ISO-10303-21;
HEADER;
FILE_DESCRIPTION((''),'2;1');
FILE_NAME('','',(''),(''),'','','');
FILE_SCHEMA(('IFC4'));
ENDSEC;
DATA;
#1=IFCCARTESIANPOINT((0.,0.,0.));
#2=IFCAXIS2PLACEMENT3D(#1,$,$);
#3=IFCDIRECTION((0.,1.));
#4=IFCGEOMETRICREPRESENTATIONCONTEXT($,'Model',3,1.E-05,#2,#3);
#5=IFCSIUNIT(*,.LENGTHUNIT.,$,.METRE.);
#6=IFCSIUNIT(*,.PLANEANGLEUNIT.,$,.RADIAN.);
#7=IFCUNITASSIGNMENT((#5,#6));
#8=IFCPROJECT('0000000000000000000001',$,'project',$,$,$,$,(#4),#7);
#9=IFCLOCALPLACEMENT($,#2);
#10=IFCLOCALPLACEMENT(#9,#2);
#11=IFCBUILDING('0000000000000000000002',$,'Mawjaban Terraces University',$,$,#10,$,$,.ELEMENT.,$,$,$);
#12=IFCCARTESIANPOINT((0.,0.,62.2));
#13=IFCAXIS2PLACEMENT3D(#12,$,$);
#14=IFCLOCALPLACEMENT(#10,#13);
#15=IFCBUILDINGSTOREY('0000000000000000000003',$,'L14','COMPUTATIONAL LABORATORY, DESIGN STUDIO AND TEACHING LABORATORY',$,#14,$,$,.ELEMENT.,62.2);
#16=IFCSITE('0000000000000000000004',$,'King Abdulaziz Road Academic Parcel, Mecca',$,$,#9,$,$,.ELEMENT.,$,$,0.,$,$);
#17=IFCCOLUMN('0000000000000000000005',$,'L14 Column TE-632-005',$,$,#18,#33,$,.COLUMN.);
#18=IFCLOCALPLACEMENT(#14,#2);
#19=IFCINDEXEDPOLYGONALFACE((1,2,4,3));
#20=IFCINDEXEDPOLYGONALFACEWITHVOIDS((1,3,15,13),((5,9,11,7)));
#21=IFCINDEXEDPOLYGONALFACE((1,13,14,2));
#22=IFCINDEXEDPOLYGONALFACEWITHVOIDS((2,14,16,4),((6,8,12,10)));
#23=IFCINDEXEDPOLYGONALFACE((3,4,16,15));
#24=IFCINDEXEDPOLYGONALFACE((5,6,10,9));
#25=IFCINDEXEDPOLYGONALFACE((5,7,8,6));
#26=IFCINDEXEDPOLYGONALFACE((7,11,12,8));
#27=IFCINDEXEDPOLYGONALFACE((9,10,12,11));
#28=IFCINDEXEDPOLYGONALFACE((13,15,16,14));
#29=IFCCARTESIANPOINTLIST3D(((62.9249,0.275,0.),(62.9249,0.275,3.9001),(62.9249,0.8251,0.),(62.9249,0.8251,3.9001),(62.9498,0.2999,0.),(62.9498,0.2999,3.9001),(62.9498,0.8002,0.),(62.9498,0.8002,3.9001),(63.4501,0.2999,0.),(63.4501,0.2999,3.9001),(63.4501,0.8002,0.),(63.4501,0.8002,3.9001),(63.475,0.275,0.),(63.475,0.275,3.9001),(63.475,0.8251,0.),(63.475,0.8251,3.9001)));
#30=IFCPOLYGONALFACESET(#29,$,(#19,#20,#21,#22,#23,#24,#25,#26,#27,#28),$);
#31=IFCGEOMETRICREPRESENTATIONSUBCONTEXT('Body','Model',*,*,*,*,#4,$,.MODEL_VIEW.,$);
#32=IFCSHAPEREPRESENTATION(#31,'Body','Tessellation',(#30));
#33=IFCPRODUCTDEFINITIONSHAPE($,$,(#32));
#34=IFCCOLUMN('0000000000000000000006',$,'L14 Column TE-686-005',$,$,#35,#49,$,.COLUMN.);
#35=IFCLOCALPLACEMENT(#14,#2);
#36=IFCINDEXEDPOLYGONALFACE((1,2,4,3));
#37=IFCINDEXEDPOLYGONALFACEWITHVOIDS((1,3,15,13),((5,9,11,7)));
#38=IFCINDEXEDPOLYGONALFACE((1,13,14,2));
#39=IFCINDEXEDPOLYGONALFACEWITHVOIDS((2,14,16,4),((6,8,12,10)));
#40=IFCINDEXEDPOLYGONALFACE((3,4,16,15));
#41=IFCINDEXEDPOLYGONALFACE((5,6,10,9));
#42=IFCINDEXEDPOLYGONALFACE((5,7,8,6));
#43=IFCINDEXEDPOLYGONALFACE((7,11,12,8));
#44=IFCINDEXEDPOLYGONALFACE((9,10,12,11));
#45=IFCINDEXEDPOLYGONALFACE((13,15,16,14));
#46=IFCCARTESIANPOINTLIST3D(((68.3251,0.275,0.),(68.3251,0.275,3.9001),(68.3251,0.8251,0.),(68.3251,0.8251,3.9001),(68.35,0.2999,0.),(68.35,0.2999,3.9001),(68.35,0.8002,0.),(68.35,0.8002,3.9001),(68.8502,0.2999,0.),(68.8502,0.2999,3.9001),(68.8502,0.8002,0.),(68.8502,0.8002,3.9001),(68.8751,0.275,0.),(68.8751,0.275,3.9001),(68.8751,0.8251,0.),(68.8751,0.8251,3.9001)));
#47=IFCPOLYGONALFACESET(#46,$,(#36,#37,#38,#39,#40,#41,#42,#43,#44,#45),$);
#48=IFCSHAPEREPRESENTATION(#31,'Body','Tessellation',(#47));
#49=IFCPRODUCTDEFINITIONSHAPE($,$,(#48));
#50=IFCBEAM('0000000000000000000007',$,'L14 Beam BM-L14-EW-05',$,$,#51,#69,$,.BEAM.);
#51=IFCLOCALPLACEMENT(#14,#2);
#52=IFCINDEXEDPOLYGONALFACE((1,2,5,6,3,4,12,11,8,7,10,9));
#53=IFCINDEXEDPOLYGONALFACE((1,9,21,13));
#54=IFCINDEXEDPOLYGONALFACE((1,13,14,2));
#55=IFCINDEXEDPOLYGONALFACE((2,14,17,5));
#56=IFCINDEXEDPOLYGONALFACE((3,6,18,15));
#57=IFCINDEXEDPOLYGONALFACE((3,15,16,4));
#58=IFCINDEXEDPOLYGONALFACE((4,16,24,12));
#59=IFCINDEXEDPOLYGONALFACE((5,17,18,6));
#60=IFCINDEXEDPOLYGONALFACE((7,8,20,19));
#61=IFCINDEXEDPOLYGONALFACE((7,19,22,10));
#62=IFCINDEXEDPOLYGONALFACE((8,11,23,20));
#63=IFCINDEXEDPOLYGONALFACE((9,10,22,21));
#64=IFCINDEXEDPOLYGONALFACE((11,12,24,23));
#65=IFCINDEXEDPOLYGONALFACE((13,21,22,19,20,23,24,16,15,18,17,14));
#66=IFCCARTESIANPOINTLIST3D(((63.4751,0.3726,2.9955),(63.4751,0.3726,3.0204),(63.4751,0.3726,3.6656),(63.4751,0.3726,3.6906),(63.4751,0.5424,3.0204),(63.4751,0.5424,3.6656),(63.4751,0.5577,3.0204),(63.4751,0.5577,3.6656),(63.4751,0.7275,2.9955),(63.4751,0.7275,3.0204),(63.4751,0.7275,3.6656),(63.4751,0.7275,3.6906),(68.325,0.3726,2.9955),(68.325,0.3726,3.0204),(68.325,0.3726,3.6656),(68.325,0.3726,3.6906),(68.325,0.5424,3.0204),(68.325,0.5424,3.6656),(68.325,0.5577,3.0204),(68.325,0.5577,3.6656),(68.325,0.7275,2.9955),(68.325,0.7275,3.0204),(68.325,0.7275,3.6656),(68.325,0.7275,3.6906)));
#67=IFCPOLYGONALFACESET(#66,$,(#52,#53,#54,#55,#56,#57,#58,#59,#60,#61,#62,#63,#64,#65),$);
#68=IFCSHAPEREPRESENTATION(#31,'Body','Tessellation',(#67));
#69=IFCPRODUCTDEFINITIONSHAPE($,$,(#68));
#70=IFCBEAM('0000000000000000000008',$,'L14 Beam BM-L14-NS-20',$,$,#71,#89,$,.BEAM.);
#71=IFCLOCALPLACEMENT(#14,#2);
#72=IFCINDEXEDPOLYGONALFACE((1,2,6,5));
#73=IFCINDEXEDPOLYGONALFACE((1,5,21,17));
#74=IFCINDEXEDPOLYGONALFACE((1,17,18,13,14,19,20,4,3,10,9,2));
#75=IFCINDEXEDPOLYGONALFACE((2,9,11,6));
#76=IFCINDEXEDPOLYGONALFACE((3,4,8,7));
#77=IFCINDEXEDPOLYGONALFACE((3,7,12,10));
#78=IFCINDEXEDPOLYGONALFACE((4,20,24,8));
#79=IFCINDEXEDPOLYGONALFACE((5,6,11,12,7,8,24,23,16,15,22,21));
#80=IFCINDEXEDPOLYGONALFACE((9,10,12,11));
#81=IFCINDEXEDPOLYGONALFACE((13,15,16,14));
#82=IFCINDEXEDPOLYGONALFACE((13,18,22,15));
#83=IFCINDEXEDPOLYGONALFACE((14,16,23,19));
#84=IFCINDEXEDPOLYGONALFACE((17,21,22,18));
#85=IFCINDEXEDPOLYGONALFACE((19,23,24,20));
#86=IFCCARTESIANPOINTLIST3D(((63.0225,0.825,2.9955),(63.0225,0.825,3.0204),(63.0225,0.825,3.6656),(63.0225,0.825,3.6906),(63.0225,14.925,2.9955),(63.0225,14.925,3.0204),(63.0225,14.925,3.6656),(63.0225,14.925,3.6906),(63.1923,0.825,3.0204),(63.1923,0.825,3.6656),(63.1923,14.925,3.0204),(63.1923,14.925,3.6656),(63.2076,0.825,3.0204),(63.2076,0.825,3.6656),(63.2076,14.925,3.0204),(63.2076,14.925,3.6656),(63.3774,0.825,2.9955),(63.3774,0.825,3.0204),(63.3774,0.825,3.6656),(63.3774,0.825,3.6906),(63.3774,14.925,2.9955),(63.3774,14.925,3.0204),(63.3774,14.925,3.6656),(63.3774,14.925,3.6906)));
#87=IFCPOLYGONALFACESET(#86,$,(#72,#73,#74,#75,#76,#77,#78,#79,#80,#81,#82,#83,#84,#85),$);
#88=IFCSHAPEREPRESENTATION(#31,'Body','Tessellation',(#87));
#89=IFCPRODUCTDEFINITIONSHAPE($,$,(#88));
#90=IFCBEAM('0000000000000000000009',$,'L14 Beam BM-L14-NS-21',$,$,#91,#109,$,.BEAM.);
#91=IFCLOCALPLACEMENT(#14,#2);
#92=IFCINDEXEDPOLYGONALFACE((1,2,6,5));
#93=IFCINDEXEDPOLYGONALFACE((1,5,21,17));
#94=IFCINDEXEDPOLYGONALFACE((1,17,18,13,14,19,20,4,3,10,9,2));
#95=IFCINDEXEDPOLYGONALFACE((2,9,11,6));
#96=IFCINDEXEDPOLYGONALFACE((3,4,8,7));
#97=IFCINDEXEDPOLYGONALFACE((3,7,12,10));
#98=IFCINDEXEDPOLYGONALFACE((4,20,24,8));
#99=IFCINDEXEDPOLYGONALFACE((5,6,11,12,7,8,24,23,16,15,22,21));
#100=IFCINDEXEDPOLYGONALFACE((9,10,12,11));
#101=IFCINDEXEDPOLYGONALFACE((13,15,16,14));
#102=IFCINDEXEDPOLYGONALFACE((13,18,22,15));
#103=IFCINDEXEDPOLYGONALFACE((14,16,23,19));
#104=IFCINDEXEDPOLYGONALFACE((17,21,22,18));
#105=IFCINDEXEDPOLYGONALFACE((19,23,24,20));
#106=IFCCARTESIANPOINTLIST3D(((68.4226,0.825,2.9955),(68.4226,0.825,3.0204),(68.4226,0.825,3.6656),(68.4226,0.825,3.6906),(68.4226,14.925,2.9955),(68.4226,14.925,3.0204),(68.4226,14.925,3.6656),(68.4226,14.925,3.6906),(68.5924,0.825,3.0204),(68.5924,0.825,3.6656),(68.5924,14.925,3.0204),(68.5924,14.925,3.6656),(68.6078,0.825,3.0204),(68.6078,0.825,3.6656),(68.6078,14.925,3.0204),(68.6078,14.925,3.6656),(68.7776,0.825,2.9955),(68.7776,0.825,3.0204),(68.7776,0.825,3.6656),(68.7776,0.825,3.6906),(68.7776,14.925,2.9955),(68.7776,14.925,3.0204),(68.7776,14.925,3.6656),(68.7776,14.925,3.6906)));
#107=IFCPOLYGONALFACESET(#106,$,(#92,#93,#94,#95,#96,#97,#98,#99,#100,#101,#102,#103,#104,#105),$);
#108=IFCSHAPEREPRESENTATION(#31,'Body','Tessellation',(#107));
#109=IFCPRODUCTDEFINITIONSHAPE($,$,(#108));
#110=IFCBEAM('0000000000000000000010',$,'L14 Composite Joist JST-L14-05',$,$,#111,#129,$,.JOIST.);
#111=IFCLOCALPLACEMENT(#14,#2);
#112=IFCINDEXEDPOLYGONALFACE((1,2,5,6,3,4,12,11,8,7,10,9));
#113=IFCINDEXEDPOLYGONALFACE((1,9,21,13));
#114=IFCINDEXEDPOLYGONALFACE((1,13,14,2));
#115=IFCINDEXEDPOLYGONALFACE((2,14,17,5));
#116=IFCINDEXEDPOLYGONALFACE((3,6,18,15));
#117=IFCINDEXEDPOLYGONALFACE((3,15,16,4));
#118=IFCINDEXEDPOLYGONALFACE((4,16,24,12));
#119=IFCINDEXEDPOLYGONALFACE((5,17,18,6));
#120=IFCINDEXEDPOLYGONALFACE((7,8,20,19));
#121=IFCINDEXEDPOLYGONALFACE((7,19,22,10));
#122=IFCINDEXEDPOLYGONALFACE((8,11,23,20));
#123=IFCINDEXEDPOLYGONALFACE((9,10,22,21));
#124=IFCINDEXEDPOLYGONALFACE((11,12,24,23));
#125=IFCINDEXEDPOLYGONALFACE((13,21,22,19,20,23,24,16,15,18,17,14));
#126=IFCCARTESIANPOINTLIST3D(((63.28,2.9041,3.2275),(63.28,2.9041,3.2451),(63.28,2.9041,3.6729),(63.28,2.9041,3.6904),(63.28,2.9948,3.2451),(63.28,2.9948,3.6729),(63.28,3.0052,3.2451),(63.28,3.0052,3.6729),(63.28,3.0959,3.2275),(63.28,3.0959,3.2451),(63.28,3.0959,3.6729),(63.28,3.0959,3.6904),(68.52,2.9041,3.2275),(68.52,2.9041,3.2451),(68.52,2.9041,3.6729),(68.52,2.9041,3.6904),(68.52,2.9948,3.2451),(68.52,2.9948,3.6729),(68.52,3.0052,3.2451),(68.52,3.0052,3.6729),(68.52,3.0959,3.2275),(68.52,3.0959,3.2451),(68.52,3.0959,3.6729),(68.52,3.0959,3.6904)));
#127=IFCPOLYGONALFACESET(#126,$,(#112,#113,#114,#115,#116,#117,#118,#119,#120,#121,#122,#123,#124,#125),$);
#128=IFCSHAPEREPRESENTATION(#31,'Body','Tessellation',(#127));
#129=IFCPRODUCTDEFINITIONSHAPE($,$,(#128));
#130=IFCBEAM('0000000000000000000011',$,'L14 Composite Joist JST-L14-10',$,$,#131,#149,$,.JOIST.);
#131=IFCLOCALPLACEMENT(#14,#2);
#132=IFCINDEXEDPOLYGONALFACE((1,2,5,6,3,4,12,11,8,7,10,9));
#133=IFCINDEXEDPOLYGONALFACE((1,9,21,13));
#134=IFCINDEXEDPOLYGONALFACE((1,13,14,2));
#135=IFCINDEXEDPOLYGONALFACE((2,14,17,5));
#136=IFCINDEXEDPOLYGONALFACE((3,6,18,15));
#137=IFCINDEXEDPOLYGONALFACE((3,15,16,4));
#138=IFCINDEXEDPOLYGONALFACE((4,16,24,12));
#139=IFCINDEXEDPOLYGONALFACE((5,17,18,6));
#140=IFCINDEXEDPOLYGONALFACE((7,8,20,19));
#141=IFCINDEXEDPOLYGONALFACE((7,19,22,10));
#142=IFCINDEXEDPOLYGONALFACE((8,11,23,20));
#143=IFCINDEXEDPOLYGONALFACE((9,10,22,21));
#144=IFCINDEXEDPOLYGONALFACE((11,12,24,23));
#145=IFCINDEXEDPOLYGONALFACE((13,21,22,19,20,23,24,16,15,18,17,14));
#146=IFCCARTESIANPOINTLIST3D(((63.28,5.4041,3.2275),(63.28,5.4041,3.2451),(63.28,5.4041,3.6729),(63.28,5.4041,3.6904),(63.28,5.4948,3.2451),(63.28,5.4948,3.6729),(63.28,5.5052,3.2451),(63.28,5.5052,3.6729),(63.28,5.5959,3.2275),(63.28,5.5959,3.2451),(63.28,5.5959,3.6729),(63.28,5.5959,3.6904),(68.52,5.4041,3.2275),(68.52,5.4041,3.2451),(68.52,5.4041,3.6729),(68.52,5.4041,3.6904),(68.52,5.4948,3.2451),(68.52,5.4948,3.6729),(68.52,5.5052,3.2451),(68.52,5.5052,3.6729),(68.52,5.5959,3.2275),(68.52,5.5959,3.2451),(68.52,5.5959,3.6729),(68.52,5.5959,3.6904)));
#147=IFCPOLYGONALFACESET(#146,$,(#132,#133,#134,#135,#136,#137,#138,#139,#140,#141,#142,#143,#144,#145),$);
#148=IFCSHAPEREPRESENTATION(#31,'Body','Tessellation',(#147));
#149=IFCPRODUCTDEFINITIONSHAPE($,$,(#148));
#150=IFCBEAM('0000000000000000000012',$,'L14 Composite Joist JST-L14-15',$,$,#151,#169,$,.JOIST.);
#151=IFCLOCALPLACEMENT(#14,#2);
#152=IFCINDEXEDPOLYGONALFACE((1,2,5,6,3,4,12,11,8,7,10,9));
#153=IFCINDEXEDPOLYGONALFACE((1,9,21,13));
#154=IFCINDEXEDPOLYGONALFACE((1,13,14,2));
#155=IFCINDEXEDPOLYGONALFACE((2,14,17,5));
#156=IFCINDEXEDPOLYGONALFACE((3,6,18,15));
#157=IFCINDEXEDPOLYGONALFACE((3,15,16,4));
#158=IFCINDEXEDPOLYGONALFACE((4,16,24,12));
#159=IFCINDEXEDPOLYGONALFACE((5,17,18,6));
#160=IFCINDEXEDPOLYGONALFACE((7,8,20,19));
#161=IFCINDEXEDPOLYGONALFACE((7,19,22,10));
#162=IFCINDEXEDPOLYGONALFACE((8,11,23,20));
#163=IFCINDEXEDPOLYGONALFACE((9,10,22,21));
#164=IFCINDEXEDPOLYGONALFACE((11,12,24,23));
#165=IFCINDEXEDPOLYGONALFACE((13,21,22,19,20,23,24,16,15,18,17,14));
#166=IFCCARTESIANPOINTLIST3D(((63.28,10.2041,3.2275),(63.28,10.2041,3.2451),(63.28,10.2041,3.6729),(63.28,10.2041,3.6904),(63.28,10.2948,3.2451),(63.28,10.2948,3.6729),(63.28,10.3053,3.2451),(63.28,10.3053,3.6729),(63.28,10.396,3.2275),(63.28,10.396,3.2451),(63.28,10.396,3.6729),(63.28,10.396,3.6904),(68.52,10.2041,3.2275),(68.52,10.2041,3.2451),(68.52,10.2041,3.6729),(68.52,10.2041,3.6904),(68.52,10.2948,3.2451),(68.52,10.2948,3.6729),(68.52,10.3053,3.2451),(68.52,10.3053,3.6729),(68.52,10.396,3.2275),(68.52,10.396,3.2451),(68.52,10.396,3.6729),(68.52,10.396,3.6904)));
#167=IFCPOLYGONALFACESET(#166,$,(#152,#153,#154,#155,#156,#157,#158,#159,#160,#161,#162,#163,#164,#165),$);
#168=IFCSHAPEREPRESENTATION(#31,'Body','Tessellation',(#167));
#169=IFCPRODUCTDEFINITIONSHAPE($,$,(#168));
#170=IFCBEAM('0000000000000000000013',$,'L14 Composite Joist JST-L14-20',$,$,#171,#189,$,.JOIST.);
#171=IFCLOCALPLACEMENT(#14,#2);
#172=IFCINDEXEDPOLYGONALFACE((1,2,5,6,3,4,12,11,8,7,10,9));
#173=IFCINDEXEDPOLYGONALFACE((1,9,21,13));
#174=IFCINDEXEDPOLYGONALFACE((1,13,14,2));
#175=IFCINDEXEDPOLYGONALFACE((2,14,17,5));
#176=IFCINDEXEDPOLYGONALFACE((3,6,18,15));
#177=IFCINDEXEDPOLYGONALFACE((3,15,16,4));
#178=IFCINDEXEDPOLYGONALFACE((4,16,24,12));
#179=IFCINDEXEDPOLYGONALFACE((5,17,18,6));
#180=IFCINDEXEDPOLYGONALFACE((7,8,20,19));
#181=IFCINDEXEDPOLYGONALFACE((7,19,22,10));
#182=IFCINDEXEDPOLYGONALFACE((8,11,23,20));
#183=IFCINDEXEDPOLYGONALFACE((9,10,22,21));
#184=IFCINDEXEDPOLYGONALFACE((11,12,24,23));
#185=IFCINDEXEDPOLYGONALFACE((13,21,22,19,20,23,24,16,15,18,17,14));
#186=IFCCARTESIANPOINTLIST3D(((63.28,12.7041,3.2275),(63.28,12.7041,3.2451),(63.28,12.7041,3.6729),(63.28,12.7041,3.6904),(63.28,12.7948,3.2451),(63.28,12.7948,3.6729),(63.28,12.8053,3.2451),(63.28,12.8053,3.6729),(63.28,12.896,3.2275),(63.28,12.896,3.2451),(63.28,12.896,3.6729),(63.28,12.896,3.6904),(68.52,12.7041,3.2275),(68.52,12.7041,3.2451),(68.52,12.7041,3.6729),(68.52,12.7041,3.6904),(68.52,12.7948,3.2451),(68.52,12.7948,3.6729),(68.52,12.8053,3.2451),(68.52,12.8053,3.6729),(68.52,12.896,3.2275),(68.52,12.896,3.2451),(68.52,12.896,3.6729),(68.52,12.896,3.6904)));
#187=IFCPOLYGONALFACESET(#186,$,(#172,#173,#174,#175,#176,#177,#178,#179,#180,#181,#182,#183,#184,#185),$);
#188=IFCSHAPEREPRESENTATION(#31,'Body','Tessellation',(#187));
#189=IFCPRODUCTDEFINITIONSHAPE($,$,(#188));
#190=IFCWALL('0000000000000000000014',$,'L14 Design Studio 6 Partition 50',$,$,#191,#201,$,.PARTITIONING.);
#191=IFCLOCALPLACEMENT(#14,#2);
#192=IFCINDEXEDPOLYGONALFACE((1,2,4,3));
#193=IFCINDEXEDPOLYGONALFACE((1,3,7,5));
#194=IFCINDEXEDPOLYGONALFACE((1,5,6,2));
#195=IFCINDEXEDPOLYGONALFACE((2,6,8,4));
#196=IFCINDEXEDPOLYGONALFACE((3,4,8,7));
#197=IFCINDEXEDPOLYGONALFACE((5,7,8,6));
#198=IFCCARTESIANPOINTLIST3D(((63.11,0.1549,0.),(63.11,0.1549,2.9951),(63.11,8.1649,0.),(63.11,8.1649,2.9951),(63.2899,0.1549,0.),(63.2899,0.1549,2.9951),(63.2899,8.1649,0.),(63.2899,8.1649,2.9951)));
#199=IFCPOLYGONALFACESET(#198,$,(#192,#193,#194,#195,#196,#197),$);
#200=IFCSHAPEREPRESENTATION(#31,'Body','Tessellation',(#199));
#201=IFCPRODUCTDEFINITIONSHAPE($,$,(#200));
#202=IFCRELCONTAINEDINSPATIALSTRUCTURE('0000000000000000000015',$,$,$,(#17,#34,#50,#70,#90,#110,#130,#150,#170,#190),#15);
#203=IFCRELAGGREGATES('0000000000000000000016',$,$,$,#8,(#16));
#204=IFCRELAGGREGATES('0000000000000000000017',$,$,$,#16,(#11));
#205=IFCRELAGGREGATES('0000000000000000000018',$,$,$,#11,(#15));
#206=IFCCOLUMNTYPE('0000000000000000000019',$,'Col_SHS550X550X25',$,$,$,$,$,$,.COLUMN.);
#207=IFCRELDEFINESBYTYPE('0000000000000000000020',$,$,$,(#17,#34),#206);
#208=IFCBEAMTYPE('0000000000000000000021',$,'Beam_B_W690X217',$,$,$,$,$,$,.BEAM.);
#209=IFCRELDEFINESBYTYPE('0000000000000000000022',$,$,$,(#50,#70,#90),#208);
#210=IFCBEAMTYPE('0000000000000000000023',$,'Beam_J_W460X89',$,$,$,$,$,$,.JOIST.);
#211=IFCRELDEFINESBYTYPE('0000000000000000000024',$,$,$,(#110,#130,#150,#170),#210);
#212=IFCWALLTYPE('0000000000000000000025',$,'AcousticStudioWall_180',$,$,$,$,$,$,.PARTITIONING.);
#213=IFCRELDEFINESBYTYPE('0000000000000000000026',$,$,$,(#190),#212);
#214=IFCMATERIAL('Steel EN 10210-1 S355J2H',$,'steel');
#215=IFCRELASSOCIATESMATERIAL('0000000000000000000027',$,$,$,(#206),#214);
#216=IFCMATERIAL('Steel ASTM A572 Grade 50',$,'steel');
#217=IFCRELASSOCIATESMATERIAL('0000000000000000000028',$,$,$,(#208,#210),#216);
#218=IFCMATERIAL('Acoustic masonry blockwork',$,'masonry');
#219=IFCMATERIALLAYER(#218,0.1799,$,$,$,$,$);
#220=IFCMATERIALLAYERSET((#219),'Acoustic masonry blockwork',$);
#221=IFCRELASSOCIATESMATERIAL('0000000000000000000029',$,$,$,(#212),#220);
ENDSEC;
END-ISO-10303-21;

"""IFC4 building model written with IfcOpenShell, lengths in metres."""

from ifc_helpers import new_model, si_unit, direction, frame, frame_2d, origin, origin_2d, place, context, subcontext, project, spatial, rectangle, hollow_rectangle, i_section, extrude, material, layer, layer_set, material_profile, profile_set, type_object, element, save


model = new_model("IFC4")

# Units and contexts
model_context = context("Model", 3, precision=1e-05, world=origin(), true_north=direction((0.0, 1.0)))
body_context = subcontext(model_context, "Body", "Model", "MODEL_VIEW")
ifc_project = project(units=[si_unit("LENGTHUNIT", "METRE"), si_unit("PLANEANGLEUNIT", "RADIAN")], contexts=[model_context])

# Site, building, storey
site_placement = place(None, origin())
site = spatial("IfcSite", under=ifc_project, at=site_placement, Name="King Abdulaziz Road Academic Parcel, Mecca", CompositionType="ELEMENT", RefElevation=0.0)
building_placement = place(site_placement, origin())
building = spatial("IfcBuilding", under=site, at=building_placement, Name="Mawjaban Terraces University", CompositionType="ELEMENT")
storey_placement = place(building_placement, frame((0.0, 0.0, 62.2)))
storey = spatial("IfcBuildingStorey", under=building, at=storey_placement, Name="L14", Description="COMPUTATIONAL LABORATORY, DESIGN STUDIO AND TEACHING LABORATORY", CompositionType="ELEMENT", Elevation=62.2)

# Columns
ifc_material_1 = material(Name="Steel EN 10210-1 S355J2H", Category="steel")
ifc_material_profile_1 = material_profile(ifc_material_1, hollow_rectangle(XDim=0.55, YDim=0.55, WallThickness=0.0249, at=origin_2d()), Name="SHS550X550X25")
ifc_profile_set_1 = profile_set([ifc_material_profile_1], Name="Steel EN 10210-1 S355J2H")
column_type = type_object("IfcColumnType", Name="Col_SHS550X550X25", PredefinedType="COLUMN", material=ifc_profile_set_1)
for number, where, z_axis, x_axis, name in (
    (1, (63.2, 0.55, 0.0), (0.0, 0.0, 1.0), (1.0, 0.0, 0.0), "L14 Column TE-632-005"),
    (2, (68.6001, 0.55, 0.0), (0.0, 0.0, 1.0), (1.0, 0.0, 0.0), "L14 Column TE-686-005"),
):
    element("IfcColumn", number, at=place(storey_placement, frame(where, z_axis=z_axis, x_axis=x_axis)), inside=storey, type_object=column_type, Name=name, PredefinedType="COLUMN", context=body_context, shape_type="SweptSolid", body=[
        extrude(hollow_rectangle(XDim=0.55, YDim=0.55, WallThickness=0.0249, at=origin_2d()), origin(), (0.0, 0.0, 1.0), 3.9001),
    ])

# Beams
ifc_material_2 = material(Name="Steel ASTM A572 Grade 50", Category="steel")
ifc_material_profile_2 = material_profile(ifc_material_2, i_section(OverallWidth=0.355, OverallDepth=0.6951, WebThickness=0.0154, FlangeThickness=0.0249, at=origin_2d()), Name="W690X217")
ifc_profile_set_2 = profile_set([ifc_material_profile_2], Name="Steel ASTM A572 Grade 50")
beam_type_1 = type_object("IfcBeamType", Name="Beam_B_W690X217", PredefinedType="BEAM", material=ifc_profile_set_2)
beam_placement = place(storey_placement, frame((63.4751, 0.55, 3.343), z_axis=(1.0, 0.0, 0.0), x_axis=(0.0, 1.0, 0.0)))
element("IfcBeam", 3, at=beam_placement, inside=storey, type_object=beam_type_1, Name="L14 Beam BM-L14-EW-05", PredefinedType="BEAM", context=body_context, shape_type="SweptSolid", body=[
    extrude(i_section(OverallWidth=0.355, OverallDepth=0.6951, WebThickness=0.0154, FlangeThickness=0.0249, at=origin_2d()), origin(), (0.0, 0.0, 1.0), 4.8499),
])
for number, where, z_axis, x_axis, name in (
    (4, (63.2, 0.825, 3.343), (0.0, 1.0, 0.0), (-1.0, 0.0, 0.0), "L14 Beam BM-L14-NS-20"),
    (5, (68.6001, 0.825, 3.343), (0.0, 1.0, 0.0), (-1.0, 0.0, 0.0), "L14 Beam BM-L14-NS-21"),
):
    element("IfcBeam", number, at=place(storey_placement, frame(where, z_axis=z_axis, x_axis=x_axis)), inside=storey, type_object=beam_type_1, Name=name, PredefinedType="BEAM", context=body_context, shape_type="SweptSolid", body=[
        extrude(i_section(OverallWidth=0.355, OverallDepth=0.6951, WebThickness=0.0154, FlangeThickness=0.0249, at=origin_2d()), origin(), (0.0, 0.0, 1.0), 14.1001),
    ])
ifc_material_profile_3 = material_profile(ifc_material_2, i_section(OverallWidth=0.1919, OverallDepth=0.4629, WebThickness=0.0105, FlangeThickness=0.0176, at=origin_2d()), Name="W460X89")
ifc_profile_set_3 = profile_set([ifc_material_profile_3], Name="Steel ASTM A572 Grade 50")
beam_type_2 = type_object("IfcBeamType", Name="Beam_J_W460X89", PredefinedType="JOIST", material=ifc_profile_set_3)
for number, where, z_axis, x_axis, name in (
    (6, (63.28, 3.0, 3.459), (1.0, 0.0, 0.0), (0.0, 1.0, 0.0), "L14 Composite Joist JST-L14-05"),
    (7, (63.28, 5.5, 3.459), (1.0, 0.0, 0.0), (0.0, 1.0, 0.0), "L14 Composite Joist JST-L14-10"),
    (8, (63.28, 10.3, 3.459), (1.0, 0.0, 0.0), (0.0, 1.0, 0.0), "L14 Composite Joist JST-L14-15"),
    (9, (63.28, 12.8, 3.459), (1.0, 0.0, 0.0), (0.0, 1.0, 0.0), "L14 Composite Joist JST-L14-20"),
):
    element("IfcBeam", number, at=place(storey_placement, frame(where, z_axis=z_axis, x_axis=x_axis)), inside=storey, type_object=beam_type_2, Name=name, PredefinedType="JOIST", context=body_context, shape_type="SweptSolid", body=[
        extrude(i_section(OverallWidth=0.1919, OverallDepth=0.4629, WebThickness=0.0105, FlangeThickness=0.0176, at=origin_2d()), origin(), (0.0, 0.0, 1.0), 5.24),
    ])

# Wall
ifc_material_3 = material(Name="Acoustic masonry blockwork", Category="masonry")
ifc_layer_1 = layer(ifc_material_3, 0.1799)
ifc_layer_set_1 = layer_set([ifc_layer_1], Name="Acoustic masonry blockwork")
wall_type_1 = type_object("IfcWallType", Name="AcousticStudioWall_180", PredefinedType="PARTITIONING", material=ifc_layer_set_1)
wall_1_placement = place(storey_placement, frame((63.2, 0.155, 0.0), z_axis=(0.0, 0.0, 1.0), x_axis=(0.0, 1.0, 0.0)))
element("IfcWall", 10, at=wall_1_placement, inside=storey, type_object=wall_type_1, Name="L14 Design Studio 6 Partition 50", PredefinedType="PARTITIONING", context=body_context, shape_type="SweptSolid", body=[
    extrude(rectangle(XDim=8.01, YDim=0.1799, at=frame_2d((4.0049, 0.0))), origin(), (0.0, 0.0, 1.0), 2.9951),
])

save(model, "model.ifc")
